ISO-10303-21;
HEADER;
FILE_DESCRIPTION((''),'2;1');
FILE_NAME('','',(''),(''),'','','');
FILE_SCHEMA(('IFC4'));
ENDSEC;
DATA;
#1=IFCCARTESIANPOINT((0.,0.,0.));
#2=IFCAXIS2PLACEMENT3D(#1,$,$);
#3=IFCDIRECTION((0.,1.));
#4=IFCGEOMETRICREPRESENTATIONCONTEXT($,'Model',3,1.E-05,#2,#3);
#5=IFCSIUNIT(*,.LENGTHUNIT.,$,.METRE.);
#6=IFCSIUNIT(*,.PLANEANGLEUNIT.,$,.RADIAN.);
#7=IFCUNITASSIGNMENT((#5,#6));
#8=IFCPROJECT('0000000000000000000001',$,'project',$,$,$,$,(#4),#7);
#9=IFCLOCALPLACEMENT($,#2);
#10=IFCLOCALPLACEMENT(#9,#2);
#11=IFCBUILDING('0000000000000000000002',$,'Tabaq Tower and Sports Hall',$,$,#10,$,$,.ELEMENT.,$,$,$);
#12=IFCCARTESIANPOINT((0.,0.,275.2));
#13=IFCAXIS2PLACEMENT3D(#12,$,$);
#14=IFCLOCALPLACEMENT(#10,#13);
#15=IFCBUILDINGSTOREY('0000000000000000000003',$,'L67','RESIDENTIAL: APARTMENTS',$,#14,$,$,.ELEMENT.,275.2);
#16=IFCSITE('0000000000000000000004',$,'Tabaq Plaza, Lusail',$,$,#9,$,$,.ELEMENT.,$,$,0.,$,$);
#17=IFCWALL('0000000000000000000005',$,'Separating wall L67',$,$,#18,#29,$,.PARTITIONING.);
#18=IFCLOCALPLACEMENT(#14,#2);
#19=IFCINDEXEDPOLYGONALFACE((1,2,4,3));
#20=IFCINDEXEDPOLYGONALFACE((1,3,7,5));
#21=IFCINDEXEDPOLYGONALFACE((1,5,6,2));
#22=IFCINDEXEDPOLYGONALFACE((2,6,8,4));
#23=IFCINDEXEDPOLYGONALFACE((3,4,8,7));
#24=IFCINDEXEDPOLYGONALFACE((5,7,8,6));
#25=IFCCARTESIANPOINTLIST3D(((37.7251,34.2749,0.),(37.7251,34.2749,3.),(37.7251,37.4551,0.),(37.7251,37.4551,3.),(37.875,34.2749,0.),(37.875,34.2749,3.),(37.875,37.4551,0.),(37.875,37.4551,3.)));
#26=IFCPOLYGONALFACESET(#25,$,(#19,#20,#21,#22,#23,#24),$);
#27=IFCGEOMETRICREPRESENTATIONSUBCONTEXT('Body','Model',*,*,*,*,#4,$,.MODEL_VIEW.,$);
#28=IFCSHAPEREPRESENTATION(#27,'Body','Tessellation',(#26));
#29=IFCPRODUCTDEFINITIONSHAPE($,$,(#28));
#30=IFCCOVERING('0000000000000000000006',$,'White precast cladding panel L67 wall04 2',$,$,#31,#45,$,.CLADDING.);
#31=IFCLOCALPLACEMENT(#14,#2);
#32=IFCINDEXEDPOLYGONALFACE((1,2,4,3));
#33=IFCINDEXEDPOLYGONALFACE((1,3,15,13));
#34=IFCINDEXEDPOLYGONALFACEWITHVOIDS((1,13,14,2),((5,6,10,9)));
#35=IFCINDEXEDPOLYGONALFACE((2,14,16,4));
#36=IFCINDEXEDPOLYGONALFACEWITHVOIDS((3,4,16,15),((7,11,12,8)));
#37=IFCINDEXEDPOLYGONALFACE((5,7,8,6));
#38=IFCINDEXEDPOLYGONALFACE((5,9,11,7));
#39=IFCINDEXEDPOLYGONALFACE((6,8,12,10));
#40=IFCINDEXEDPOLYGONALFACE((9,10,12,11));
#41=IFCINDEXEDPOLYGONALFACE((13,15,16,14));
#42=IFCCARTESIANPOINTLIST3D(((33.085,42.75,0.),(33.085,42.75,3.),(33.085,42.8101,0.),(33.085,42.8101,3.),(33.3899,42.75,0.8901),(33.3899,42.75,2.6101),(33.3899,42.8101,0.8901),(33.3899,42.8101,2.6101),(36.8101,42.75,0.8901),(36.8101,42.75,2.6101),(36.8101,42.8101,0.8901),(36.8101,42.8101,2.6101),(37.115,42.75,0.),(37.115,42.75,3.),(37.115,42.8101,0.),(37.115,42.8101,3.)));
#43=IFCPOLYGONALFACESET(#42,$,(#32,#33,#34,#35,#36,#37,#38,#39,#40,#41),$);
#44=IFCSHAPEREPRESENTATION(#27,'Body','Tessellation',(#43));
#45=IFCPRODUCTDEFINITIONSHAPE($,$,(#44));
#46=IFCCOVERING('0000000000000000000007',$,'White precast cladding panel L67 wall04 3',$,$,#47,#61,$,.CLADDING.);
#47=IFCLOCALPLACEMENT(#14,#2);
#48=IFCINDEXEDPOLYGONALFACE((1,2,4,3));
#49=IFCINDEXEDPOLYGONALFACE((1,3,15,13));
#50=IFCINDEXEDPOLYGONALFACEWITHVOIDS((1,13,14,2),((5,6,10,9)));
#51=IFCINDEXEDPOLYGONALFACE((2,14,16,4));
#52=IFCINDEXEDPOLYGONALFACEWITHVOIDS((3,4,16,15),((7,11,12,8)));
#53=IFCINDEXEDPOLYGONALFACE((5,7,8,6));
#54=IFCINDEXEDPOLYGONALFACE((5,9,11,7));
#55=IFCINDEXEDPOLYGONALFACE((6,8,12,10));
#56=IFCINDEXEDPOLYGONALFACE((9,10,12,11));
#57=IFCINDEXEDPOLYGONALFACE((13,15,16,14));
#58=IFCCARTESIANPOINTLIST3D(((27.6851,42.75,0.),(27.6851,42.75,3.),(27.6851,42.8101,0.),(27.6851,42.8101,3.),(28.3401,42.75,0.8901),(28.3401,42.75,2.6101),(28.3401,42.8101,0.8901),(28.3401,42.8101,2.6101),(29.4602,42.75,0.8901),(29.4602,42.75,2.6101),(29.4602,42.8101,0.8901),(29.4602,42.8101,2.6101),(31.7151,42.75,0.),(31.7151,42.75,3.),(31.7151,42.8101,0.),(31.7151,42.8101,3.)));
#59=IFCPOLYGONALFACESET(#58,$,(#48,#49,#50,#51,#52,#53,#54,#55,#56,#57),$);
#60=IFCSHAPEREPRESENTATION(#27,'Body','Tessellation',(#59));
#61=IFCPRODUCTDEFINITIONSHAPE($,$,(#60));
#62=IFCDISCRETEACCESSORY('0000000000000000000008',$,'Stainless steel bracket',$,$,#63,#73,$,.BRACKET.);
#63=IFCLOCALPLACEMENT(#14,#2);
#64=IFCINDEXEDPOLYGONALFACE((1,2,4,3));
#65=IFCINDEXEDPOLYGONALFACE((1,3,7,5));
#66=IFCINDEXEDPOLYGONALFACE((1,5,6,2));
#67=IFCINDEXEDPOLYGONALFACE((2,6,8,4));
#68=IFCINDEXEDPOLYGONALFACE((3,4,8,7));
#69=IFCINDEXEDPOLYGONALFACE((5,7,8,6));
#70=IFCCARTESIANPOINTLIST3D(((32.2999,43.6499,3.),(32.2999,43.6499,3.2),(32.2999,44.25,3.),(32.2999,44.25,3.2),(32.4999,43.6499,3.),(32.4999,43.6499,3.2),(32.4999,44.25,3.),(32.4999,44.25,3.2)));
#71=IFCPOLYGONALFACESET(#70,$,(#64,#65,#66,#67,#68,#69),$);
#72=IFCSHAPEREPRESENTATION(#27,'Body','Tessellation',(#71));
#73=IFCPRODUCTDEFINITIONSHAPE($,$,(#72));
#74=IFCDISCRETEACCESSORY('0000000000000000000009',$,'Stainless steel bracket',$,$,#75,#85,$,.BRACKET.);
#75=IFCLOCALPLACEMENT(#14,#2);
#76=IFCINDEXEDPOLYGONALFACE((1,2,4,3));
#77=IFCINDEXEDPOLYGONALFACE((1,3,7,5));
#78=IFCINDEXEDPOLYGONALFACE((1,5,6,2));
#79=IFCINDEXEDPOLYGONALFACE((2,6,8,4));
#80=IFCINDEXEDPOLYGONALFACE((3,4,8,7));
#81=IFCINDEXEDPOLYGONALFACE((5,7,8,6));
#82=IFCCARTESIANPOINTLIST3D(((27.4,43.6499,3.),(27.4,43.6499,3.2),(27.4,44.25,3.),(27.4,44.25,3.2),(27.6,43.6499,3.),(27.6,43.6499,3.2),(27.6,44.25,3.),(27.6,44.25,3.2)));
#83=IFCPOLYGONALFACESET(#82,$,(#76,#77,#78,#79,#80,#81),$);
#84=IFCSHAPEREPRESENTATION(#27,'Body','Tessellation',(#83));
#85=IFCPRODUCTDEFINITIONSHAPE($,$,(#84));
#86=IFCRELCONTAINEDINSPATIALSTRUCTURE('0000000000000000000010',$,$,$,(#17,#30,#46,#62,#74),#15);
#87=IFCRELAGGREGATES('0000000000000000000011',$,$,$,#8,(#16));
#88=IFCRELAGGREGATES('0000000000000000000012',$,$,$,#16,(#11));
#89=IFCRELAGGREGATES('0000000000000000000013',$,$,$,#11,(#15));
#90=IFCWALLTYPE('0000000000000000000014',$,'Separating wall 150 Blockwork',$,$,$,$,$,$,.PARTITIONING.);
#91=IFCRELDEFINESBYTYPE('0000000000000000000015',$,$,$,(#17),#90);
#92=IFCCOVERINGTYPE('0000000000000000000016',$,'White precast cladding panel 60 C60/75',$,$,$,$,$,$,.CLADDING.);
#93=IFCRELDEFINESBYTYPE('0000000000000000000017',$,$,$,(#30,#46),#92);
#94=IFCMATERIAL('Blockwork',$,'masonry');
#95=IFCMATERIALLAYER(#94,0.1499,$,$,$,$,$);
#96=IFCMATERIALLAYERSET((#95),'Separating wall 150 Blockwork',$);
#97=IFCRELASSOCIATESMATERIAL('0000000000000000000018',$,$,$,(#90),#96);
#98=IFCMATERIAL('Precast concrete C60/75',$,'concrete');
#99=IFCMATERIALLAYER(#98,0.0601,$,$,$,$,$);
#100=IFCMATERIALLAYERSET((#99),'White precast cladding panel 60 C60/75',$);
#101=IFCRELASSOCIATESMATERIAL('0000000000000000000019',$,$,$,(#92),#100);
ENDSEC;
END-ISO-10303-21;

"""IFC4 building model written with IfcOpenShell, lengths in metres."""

from ifc_helpers import new_model, si_unit, direction, frame, frame_2d, origin, origin_2d, place, context, subcontext, project, spatial, polyline, rectangle, outline, extrude, material, layer, layer_set, type_object, element, save


model = new_model("IFC4")

# Units and contexts
model_context = context("Model", 3, precision=1e-05, world=origin(), true_north=direction((0.0, 1.0)))
body_context = subcontext(model_context, "Body", "Model", "MODEL_VIEW")
ifc_project = project(units=[si_unit("LENGTHUNIT", "METRE"), si_unit("PLANEANGLEUNIT", "RADIAN")], contexts=[model_context])

# Site, building, storey
site_placement = place(None, origin())
site = spatial("IfcSite", under=ifc_project, at=site_placement, Name="Tabaq Plaza, Lusail", CompositionType="ELEMENT", RefElevation=0.0)
building_placement = place(site_placement, origin())
building = spatial("IfcBuilding", under=site, at=building_placement, Name="Tabaq Tower and Sports Hall", CompositionType="ELEMENT")
storey_placement = place(building_placement, frame((0.0, 0.0, 275.2)))
storey = spatial("IfcBuildingStorey", under=building, at=storey_placement, Name="L67", Description="RESIDENTIAL: APARTMENTS", CompositionType="ELEMENT", Elevation=275.2)

# Wall
ifc_material_1 = material(Name="Blockwork", Category="masonry")
ifc_layer_1 = layer(ifc_material_1, 0.1499)
ifc_layer_set_1 = layer_set([ifc_layer_1], Name="Separating wall 150 Blockwork")
wall_type_1 = type_object("IfcWallType", Name="Separating wall 150 Blockwork", PredefinedType="PARTITIONING", material=ifc_layer_set_1)
for number, where, z_axis, x_axis, name in (
    (1, (37.8, 34.2749, 0.0), (0.0, 0.0, 1.0), (0.0, 1.0, 0.0), "Separating wall L67"),
):
    element("IfcWall", number, at=place(storey_placement, frame(where, z_axis=z_axis, x_axis=x_axis)), inside=storey, type_object=wall_type_1, Name=name, PredefinedType="PARTITIONING", context=body_context, shape_type="SweptSolid", body=[
        extrude(rectangle(XDim=3.1802, YDim=0.1499, at=frame_2d((1.5901, 0.0))), origin(), (0.0, 0.0, 1.0), 3.0),
    ])

# Coverings
ifc_material_2 = material(Name="Precast concrete C60/75", Category="concrete")
ifc_layer_2 = layer(ifc_material_2, 0.0601)
ifc_layer_set_2 = layer_set([ifc_layer_2], Name="White precast cladding panel 60 C60/75")
covering_type = type_object("IfcCoveringType", Name="White precast cladding panel 60 C60/75", PredefinedType="CLADDING", material=ifc_layer_set_2)
covering_1_placement = place(storey_placement, frame((37.115, 42.78, 0.0), z_axis=(0.0, 0.0, 1.0), x_axis=(-1.0, 0.0, 0.0)))
element("IfcCovering", 2, at=covering_1_placement, inside=storey, type_object=covering_type, Name="White precast cladding panel L67 wall04 2", PredefinedType="CLADDING", context=body_context, shape_type="SweptSolid", body=[
    extrude(outline(polyline([(0.0, 0.0), (4.03, 0.0), (4.03, 3.0), (0.0, 3.0), (0.0, 0.0)]), holes=[polyline([(0.3049, 0.8901), (0.3049, 2.6101), (3.7251, 2.6101), (3.7251, 0.8901), (0.3049, 0.8901)])]), frame((0.0, 0.03, 0.0), z_axis=(0.0, -1.0, 0.0), x_axis=(1.0, 0.0, 0.0)), (0.0, 0.0, 1.0), 0.0601),
])
covering_2_placement = place(storey_placement, frame((31.7151, 42.78, 0.0), z_axis=(0.0, 0.0, 1.0), x_axis=(-1.0, 0.0, 0.0)))
element("IfcCovering", 3, at=covering_2_placement, inside=storey, type_object=covering_type, Name="White precast cladding panel L67 wall04 3", PredefinedType="CLADDING", context=body_context, shape_type="SweptSolid", body=[
    extrude(outline(polyline([(0.0, 0.0), (4.03, 0.0), (4.03, 3.0), (0.0, 3.0), (0.0, 0.0)]), holes=[polyline([(2.2549, 0.8901), (2.2549, 2.6101), (3.375, 2.6101), (3.375, 0.8901), (2.2549, 0.8901)])]), frame((0.0, 0.03, 0.0), z_axis=(0.0, -1.0, 0.0), x_axis=(1.0, 0.0, 0.0)), (0.0, 0.0, 1.0), 0.0601),
])

# Discrete accessories
for number, where, z_axis, x_axis, name in (
    (4, (32.3999, 43.95, 3.0), (0.0, 0.0, 1.0), (0.0, 1.0, 0.0), "Stainless steel bracket"),
    (5, (27.5, 43.95, 3.0), (0.0, 0.0, 1.0), (0.0, 1.0, 0.0), "Stainless steel bracket"),
):
    element("IfcDiscreteAccessory", number, at=place(storey_placement, frame(where, z_axis=z_axis, x_axis=x_axis)), inside=storey, Name=name, PredefinedType="BRACKET", context=body_context, shape_type="SweptSolid", body=[
        extrude(rectangle(XDim=0.6001, YDim=0.2, at=origin_2d()), origin(), (0.0, 0.0, 1.0), 0.2),
    ])

save(model, "model.ifc")
